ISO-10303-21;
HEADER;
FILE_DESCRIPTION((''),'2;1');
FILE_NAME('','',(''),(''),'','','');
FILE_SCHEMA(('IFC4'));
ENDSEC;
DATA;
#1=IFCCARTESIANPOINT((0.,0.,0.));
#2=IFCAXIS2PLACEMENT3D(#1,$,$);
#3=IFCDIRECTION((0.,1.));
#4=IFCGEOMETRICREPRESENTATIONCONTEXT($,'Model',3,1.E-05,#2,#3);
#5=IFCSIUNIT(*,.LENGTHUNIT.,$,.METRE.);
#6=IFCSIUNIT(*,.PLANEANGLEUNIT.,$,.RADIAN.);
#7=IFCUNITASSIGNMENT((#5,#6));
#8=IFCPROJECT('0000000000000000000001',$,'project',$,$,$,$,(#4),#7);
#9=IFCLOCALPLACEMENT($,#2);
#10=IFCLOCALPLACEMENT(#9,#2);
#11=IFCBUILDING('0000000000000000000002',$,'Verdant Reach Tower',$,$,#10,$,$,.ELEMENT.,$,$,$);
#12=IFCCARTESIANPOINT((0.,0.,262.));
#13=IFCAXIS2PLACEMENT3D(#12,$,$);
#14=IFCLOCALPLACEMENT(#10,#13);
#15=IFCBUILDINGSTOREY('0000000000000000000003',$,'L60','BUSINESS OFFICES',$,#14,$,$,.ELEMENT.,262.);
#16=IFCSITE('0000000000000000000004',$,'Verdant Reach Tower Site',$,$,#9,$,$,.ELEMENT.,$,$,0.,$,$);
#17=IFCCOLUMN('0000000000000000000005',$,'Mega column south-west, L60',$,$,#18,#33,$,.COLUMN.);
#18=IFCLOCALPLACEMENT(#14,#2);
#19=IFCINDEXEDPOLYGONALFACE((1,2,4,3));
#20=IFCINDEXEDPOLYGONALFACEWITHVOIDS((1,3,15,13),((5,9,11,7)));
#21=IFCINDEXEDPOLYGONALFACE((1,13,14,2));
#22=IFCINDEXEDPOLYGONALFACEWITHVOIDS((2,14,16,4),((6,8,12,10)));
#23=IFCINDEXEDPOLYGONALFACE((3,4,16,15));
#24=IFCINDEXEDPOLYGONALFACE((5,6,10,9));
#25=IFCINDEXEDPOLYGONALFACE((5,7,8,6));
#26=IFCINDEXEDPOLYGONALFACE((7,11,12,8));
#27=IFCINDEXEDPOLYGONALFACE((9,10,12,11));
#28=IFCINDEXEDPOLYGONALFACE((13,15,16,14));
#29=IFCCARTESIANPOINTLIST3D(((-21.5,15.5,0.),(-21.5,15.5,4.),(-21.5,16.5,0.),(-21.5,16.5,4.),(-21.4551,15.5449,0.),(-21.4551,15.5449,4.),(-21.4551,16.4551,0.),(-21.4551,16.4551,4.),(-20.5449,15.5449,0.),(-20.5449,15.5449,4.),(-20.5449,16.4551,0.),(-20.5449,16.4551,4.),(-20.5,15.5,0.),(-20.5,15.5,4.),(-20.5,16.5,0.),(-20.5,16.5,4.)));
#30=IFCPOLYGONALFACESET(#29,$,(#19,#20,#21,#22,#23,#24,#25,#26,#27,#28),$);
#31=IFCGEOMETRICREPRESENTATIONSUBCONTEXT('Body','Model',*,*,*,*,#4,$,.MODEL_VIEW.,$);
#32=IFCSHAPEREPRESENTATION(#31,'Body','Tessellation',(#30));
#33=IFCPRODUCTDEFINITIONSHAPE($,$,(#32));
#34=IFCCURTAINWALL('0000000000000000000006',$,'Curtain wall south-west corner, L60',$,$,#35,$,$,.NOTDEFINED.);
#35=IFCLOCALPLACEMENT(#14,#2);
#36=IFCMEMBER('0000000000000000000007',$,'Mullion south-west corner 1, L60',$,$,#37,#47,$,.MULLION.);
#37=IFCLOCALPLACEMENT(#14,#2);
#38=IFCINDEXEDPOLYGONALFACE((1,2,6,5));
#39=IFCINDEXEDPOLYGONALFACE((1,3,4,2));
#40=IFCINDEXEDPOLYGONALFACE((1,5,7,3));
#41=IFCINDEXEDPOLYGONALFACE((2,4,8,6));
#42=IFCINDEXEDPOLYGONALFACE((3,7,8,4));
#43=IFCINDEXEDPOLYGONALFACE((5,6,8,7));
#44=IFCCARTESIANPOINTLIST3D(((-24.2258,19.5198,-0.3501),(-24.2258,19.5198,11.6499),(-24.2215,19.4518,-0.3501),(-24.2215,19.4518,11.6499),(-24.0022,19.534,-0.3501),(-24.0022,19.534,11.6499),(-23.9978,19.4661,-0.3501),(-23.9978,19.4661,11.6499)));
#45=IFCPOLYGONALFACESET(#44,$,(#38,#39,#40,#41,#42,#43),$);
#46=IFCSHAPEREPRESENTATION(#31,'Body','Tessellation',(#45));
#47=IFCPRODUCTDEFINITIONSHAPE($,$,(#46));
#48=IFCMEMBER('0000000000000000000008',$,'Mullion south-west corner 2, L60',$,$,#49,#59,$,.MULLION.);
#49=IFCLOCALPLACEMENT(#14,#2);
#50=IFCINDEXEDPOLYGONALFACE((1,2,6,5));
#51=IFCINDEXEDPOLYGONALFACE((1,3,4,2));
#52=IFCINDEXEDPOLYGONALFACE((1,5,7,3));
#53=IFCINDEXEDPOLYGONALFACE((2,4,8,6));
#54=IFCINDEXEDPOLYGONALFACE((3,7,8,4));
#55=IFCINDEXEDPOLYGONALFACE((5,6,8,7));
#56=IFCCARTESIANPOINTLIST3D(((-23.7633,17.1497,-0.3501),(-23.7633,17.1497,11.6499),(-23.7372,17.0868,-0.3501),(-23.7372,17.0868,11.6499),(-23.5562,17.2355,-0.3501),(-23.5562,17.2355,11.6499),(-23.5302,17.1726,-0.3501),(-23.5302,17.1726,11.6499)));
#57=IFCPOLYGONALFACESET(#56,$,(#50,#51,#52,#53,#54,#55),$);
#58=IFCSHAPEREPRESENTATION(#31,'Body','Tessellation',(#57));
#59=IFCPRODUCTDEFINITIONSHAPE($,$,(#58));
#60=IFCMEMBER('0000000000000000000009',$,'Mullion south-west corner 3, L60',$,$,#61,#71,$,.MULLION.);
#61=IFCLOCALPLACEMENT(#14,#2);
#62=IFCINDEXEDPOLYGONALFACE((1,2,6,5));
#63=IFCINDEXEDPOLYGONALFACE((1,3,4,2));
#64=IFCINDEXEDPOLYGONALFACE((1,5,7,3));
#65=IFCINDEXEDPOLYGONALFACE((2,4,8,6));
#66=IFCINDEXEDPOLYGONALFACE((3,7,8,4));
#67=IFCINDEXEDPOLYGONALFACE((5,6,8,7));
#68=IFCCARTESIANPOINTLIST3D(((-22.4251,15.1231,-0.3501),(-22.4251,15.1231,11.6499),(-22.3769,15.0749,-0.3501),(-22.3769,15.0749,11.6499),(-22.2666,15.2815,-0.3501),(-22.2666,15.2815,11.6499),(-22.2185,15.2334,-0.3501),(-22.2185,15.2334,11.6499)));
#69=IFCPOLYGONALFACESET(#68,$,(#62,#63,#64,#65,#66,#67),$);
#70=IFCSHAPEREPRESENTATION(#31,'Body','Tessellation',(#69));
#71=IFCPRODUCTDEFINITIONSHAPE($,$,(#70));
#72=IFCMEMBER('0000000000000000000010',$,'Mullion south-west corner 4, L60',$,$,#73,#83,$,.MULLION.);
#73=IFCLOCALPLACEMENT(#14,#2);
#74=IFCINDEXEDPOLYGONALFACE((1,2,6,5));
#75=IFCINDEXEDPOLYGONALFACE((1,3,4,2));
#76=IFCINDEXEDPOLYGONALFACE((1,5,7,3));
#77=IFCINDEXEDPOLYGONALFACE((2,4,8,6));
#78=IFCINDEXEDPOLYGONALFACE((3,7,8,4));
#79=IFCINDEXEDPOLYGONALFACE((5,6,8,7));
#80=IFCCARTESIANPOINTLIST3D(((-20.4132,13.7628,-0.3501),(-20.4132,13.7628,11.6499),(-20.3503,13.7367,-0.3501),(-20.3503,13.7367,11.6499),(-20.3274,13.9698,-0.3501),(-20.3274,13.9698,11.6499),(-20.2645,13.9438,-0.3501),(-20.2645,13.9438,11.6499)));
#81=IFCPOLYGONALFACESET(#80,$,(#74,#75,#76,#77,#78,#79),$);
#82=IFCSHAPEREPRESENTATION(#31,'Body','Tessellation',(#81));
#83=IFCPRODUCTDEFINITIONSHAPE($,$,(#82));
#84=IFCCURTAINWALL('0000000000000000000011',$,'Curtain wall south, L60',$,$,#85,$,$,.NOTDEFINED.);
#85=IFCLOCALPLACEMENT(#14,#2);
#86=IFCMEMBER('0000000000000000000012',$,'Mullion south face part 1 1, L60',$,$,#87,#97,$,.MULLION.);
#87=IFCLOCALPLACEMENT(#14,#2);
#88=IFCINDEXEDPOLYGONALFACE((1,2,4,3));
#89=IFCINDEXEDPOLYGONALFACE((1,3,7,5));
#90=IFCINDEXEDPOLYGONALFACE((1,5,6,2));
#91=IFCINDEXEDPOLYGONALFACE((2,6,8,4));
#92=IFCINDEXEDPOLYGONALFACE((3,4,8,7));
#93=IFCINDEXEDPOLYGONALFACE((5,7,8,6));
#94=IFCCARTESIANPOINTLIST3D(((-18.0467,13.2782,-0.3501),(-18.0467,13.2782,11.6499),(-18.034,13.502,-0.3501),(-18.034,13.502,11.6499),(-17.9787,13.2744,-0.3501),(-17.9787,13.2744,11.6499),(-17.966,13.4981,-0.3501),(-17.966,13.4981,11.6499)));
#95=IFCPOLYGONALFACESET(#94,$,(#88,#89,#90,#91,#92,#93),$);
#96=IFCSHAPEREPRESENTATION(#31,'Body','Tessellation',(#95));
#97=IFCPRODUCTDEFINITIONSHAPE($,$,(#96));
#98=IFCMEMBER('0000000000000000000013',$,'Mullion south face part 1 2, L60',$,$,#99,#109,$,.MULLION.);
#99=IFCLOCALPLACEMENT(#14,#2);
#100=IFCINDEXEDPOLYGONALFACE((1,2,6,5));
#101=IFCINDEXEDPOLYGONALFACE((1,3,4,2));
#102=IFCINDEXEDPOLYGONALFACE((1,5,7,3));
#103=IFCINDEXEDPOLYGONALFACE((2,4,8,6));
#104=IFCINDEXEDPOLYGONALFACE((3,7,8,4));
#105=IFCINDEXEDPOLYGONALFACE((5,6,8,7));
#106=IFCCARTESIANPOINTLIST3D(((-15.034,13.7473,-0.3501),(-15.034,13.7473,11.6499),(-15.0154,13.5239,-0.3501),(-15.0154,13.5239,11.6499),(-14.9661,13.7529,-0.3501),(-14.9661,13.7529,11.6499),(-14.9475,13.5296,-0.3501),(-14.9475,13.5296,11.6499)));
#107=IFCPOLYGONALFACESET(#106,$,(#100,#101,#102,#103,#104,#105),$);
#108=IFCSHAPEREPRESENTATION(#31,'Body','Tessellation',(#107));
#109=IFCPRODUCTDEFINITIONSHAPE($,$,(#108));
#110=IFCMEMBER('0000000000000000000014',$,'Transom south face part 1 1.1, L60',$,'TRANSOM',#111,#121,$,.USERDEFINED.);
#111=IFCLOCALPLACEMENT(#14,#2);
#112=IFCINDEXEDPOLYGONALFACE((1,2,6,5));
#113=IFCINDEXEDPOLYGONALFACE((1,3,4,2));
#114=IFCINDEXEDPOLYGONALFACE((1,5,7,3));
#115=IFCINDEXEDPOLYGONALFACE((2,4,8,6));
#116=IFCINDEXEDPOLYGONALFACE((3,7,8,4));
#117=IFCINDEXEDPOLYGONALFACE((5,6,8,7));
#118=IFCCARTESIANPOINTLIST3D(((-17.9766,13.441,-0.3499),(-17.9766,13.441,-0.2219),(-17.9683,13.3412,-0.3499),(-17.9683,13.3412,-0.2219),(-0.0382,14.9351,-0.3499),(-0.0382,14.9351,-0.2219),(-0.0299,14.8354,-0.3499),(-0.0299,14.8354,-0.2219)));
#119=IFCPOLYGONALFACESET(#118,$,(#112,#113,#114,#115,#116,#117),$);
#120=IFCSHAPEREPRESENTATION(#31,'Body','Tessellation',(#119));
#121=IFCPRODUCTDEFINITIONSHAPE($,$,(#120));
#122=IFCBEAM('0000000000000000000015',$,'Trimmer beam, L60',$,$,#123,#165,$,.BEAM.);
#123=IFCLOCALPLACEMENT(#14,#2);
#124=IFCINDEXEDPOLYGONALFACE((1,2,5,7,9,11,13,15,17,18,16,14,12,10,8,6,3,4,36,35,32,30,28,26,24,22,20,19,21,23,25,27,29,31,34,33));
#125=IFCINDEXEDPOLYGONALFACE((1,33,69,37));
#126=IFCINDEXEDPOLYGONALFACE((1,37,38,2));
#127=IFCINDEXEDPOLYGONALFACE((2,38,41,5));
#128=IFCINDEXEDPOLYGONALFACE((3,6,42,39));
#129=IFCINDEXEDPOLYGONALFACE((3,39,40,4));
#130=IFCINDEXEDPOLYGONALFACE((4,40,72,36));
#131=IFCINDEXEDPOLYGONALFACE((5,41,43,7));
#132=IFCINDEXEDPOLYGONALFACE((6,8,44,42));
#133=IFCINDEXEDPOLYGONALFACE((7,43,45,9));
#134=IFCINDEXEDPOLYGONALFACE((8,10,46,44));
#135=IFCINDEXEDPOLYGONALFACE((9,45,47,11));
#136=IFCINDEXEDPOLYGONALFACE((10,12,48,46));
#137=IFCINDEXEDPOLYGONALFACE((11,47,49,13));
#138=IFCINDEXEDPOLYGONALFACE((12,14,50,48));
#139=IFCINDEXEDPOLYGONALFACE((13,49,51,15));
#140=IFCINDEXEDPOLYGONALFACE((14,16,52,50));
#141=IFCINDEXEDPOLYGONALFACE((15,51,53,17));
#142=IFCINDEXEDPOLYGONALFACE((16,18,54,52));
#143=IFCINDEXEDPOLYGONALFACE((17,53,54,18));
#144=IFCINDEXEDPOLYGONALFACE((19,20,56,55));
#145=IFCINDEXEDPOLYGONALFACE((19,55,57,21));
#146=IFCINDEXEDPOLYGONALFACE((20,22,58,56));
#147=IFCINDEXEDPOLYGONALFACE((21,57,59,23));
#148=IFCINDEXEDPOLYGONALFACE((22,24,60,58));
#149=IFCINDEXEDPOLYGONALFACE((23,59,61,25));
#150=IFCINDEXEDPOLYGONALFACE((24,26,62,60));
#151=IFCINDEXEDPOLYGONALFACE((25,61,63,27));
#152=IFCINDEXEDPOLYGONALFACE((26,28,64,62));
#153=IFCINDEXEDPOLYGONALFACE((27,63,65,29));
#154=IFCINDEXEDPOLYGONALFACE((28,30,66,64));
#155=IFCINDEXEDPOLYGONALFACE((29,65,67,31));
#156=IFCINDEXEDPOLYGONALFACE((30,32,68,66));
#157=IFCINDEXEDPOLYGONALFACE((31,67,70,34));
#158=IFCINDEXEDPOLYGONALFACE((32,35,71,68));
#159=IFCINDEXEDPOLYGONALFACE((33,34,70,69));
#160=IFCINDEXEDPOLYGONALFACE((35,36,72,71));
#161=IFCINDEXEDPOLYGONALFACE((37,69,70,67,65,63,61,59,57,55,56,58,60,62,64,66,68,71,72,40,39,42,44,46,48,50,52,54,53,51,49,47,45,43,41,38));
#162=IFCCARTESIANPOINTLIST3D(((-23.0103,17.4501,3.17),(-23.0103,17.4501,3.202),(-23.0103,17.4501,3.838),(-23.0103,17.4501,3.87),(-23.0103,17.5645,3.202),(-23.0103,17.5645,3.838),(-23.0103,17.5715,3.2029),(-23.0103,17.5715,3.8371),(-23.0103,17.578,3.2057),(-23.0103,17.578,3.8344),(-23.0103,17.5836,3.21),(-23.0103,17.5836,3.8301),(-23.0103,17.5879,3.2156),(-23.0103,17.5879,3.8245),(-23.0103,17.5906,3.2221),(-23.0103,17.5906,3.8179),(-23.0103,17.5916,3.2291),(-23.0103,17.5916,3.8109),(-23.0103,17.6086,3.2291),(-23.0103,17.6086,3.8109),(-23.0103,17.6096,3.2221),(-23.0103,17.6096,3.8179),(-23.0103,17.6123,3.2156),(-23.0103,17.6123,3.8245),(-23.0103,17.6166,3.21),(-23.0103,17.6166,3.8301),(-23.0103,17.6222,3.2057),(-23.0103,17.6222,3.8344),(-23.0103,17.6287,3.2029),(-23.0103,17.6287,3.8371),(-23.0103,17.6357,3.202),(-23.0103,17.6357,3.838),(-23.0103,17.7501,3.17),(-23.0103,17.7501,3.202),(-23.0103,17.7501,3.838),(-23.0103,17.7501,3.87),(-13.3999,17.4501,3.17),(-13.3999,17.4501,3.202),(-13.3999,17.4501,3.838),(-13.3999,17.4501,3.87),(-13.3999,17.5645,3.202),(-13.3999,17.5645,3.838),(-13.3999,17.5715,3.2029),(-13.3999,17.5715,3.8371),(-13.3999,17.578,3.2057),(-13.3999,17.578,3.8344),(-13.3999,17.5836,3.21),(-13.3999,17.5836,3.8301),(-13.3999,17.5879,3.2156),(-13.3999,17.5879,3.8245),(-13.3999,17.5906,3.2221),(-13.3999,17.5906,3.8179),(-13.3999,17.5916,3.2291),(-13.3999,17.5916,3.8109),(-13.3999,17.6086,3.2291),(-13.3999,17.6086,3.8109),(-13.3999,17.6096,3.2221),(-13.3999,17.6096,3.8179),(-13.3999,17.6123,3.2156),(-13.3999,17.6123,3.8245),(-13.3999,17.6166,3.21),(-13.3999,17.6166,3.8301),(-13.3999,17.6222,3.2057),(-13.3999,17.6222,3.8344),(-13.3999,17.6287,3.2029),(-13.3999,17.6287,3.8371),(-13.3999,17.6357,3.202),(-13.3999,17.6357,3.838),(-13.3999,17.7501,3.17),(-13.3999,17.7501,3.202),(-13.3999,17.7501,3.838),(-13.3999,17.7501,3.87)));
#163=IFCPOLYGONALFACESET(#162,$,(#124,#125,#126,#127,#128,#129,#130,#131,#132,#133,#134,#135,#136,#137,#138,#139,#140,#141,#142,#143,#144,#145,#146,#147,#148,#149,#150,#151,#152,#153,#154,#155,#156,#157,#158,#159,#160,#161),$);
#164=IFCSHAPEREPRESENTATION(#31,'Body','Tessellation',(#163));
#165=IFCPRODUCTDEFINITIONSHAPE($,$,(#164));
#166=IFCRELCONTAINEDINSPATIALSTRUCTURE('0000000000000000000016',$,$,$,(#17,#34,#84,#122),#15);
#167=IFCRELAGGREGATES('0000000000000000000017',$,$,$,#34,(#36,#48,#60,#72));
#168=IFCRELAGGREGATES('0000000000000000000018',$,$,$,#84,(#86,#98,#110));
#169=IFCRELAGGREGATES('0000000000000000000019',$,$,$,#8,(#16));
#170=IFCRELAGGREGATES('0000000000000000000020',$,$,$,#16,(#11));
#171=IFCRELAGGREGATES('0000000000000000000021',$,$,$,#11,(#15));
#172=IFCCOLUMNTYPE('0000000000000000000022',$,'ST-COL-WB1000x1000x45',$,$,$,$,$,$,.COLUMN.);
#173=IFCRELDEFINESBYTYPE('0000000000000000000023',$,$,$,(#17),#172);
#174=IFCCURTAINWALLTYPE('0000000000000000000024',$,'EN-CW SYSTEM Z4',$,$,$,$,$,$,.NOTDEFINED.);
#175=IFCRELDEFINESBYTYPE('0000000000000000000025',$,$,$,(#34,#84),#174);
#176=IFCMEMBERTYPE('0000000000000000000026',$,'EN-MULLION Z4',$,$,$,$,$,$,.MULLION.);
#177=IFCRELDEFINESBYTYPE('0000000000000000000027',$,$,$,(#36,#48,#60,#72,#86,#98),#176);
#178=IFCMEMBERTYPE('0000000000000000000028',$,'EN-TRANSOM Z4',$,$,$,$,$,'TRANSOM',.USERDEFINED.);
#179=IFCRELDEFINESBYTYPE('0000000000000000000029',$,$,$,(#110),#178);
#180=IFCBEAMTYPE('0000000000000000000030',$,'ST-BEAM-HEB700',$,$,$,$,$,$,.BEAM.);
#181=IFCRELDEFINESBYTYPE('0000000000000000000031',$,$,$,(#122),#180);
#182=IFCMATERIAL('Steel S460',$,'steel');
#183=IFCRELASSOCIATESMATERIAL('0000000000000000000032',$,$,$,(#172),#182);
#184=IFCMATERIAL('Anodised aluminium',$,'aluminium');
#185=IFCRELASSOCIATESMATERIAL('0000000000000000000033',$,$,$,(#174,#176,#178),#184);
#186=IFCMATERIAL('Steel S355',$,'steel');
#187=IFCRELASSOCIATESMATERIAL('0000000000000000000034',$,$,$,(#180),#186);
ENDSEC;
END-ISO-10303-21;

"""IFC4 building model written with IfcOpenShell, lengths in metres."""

from ifc_helpers import new_model, si_unit, direction, frame, origin, origin_2d, place, context, subcontext, project, spatial, rectangle, hollow_rectangle, i_section, extrude, material, material_profile, profile_set, type_object, element, aggregate, save


model = new_model("IFC4")

# Units and contexts
model_context = context("Model", 3, precision=1e-05, world=origin(), true_north=direction((0.0, 1.0)))
body_context = subcontext(model_context, "Body", "Model", "MODEL_VIEW")
ifc_project = project(units=[si_unit("LENGTHUNIT", "METRE"), si_unit("PLANEANGLEUNIT", "RADIAN")], contexts=[model_context])

# Site, building, storey
site_placement = place(None, origin())
site = spatial("IfcSite", under=ifc_project, at=site_placement, Name="Verdant Reach Tower Site", CompositionType="ELEMENT", RefElevation=0.0)
building_placement = place(site_placement, origin())
building = spatial("IfcBuilding", under=site, at=building_placement, Name="Verdant Reach Tower", CompositionType="ELEMENT")
storey_placement = place(building_placement, frame((0.0, 0.0, 262.0)))
storey = spatial("IfcBuildingStorey", under=building, at=storey_placement, Name="L60", Description="BUSINESS OFFICES", CompositionType="ELEMENT", Elevation=262.0)

# Column
ifc_material_1 = material(Name="Steel S460", Category="steel")
ifc_material_profile_1 = material_profile(ifc_material_1, hollow_rectangle(XDim=1.0, YDim=1.0, WallThickness=0.0449, at=origin_2d()), Name="WB 1000x1000x45")
ifc_profile_set_1 = profile_set([ifc_material_profile_1], Name="Steel S460")
column_type = type_object("IfcColumnType", Name="ST-COL-WB1000x1000x45", PredefinedType="COLUMN", material=ifc_profile_set_1)
column_placement = place(storey_placement, frame((-21.0, 16.0, 0.0), z_axis=(0.0, 0.0, 1.0), x_axis=(1.0, 0.0, 0.0)))
element("IfcColumn", 1, at=column_placement, inside=storey, type_object=column_type, Name="Mega column south-west, L60", PredefinedType="COLUMN", context=body_context, shape_type="SweptSolid", body=[
    extrude(hollow_rectangle(XDim=1.0, YDim=1.0, WallThickness=0.0449, at=origin_2d()), origin(), (0.0, 0.0, 1.0), 4.0),
])

# Curtain walls, members
ifc_material_2 = material(Name="Anodised aluminium", Category="aluminium")
curtain_wall_type = type_object("IfcCurtainWallType", Name="EN-CW SYSTEM Z4", PredefinedType="NOTDEFINED", material=ifc_material_2)
curtain_wall_1_placement = place(storey_placement, origin())
curtain_wall_1 = element("IfcCurtainWall", 2, at=curtain_wall_1_placement, inside=storey, type_object=curtain_wall_type, Name="Curtain wall south-west corner, L60", PredefinedType="NOTDEFINED")
ifc_material_profile_2 = material_profile(ifc_material_2, rectangle(XDim=0.2241, YDim=0.0681, at=origin_2d()), Name="Mullion 68x224")
ifc_profile_set_2 = profile_set([ifc_material_profile_2], Name="Anodised aluminium")
member_type_1 = type_object("IfcMemberType", Name="EN-MULLION Z4", PredefinedType="MULLION", material=ifc_profile_set_2)
member_1_placement = place(storey_placement, frame((-24.1118, 19.4929, -0.3501), z_axis=(0.0, 0.0, 1.0), x_axis=(-0.997969, -0.063699, 0.0)))
member_1 = element("IfcMember", 3, at=member_1_placement, type_object=member_type_1, Name="Mullion south-west corner 1, L60", PredefinedType="MULLION", context=body_context, shape_type="SweptSolid", body=[
    extrude(rectangle(XDim=0.2241, YDim=0.0681, at=origin_2d()), origin(), (0.0, 0.0, 1.0), 12.0),
])
member_2_placement = place(storey_placement, frame((-23.6467, 17.1611, -0.3501), z_axis=(0.0, 0.0, 1.0), x_axis=(-0.923875, -0.382694, 0.0)))
member_2 = element("IfcMember", 4, at=member_2_placement, type_object=member_type_1, Name="Mullion south-west corner 2, L60", PredefinedType="MULLION", context=body_context, shape_type="SweptSolid", body=[
    extrude(rectangle(XDim=0.2241, YDim=0.0681, at=origin_2d()), origin(), (0.0, 0.0, 1.0), 12.0),
])
member_3_placement = place(storey_placement, frame((-22.3218, 15.1782, -0.3501), z_axis=(0.0, 0.0, 1.0), x_axis=(-0.707107, -0.707107, 0.0)))
member_3 = element("IfcMember", 5, at=member_3_placement, type_object=member_type_1, Name="Mullion south-west corner 3, L60", PredefinedType="MULLION", context=body_context, shape_type="SweptSolid", body=[
    extrude(rectangle(XDim=0.2241, YDim=0.0681, at=origin_2d()), origin(), (0.0, 0.0, 1.0), 12.0),
])
member_4_placement = place(storey_placement, frame((-20.3389, 13.8533, -0.3501), z_axis=(0.0, 0.0, 1.0), x_axis=(-0.382694, -0.923875, 0.0)))
member_4 = element("IfcMember", 6, at=member_4_placement, type_object=member_type_1, Name="Mullion south-west corner 4, L60", PredefinedType="MULLION", context=body_context, shape_type="SweptSolid", body=[
    extrude(rectangle(XDim=0.2241, YDim=0.0681, at=origin_2d()), origin(), (0.0, 0.0, 1.0), 12.0),
])
curtain_wall_2_placement = place(storey_placement, origin())
curtain_wall_2 = element("IfcCurtainWall", 7, at=curtain_wall_2_placement, inside=storey, type_object=curtain_wall_type, Name="Curtain wall south, L60", PredefinedType="NOTDEFINED")
member_5_placement = place(storey_placement, frame((-18.0063, 13.3882, -0.3501), z_axis=(0.0, 0.0, 1.0), x_axis=(-0.056569, -0.998399, 0.0)))
member_5 = element("IfcMember", 8, at=member_5_placement, type_object=member_type_1, Name="Mullion south face part 1 1, L60", PredefinedType="MULLION", context=body_context, shape_type="SweptSolid", body=[
    extrude(rectangle(XDim=0.2241, YDim=0.0681, at=origin_2d()), origin(), (0.0, 0.0, 1.0), 12.0),
])
member_6_placement = place(storey_placement, frame((-14.9907, 13.6384, -0.3501), z_axis=(0.0, 0.0, 1.0), x_axis=(0.083045, -0.996546, 0.0)))
member_6 = element("IfcMember", 9, at=member_6_placement, type_object=member_type_1, Name="Mullion south face part 1 2, L60", PredefinedType="MULLION", context=body_context, shape_type="SweptSolid", body=[
    extrude(rectangle(XDim=0.2241, YDim=0.0681, at=origin_2d()), origin(), (0.0, 0.0, 1.0), 12.0),
])
ifc_material_profile_3 = material_profile(ifc_material_2, rectangle(XDim=0.1001, YDim=0.1279, at=origin_2d()), Name="Transom 128x100")
ifc_profile_set_3 = profile_set([ifc_material_profile_3], Name="Anodised aluminium")
member_type_2 = type_object("IfcMemberType", Name="EN-TRANSOM Z4", ElementType="TRANSOM", PredefinedType="USERDEFINED", material=ifc_profile_set_3)
member_7_placement = place(storey_placement, frame((-17.9724, 13.3911, -0.2859), z_axis=(0.996549, 0.083005, 0.0), x_axis=(-0.083005, 0.996549, 0.0)))
member_7 = element("IfcMember", 10, at=member_7_placement, type_object=member_type_2, Name="Transom south face part 1 1.1, L60", ObjectType="TRANSOM", PredefinedType="USERDEFINED", context=body_context, shape_type="SweptSolid", body=[
    extrude(rectangle(XDim=0.1001, YDim=0.1279, at=origin_2d()), origin(), (0.0, 0.0, 1.0), 18.0005),
])

# Beam
ifc_material_3 = material(Name="Steel S355", Category="steel")
ifc_material_profile_4 = material_profile(ifc_material_3, i_section(OverallWidth=0.3, OverallDepth=0.7, WebThickness=0.0171, FlangeThickness=0.032, FilletRadius=0.0271, at=origin_2d()), Name="HEB 700")
ifc_profile_set_4 = profile_set([ifc_material_profile_4], Name="Steel S355")
beam_type_1 = type_object("IfcBeamType", Name="ST-BEAM-HEB700", PredefinedType="BEAM", material=ifc_profile_set_4)
beam_1_placement = place(storey_placement, frame((-13.3999, 17.6001, 3.52), z_axis=(-1.0, 0.0, 0.0), x_axis=(0.0, -1.0, 0.0)))
element("IfcBeam", 11, at=beam_1_placement, inside=storey, type_object=beam_type_1, Name="Trimmer beam, L60", PredefinedType="BEAM", context=body_context, shape_type="SweptSolid", body=[
    extrude(i_section(OverallWidth=0.3, OverallDepth=0.7, WebThickness=0.0171, FlangeThickness=0.032, FilletRadius=0.0271, at=origin_2d()), origin(), (0.0, 0.0, 1.0), 9.6104),
])

aggregate(curtain_wall_1, [member_1, member_2, member_3, member_4])
aggregate(curtain_wall_2, [member_5, member_6, member_7])

save(model, "model.ifc")
